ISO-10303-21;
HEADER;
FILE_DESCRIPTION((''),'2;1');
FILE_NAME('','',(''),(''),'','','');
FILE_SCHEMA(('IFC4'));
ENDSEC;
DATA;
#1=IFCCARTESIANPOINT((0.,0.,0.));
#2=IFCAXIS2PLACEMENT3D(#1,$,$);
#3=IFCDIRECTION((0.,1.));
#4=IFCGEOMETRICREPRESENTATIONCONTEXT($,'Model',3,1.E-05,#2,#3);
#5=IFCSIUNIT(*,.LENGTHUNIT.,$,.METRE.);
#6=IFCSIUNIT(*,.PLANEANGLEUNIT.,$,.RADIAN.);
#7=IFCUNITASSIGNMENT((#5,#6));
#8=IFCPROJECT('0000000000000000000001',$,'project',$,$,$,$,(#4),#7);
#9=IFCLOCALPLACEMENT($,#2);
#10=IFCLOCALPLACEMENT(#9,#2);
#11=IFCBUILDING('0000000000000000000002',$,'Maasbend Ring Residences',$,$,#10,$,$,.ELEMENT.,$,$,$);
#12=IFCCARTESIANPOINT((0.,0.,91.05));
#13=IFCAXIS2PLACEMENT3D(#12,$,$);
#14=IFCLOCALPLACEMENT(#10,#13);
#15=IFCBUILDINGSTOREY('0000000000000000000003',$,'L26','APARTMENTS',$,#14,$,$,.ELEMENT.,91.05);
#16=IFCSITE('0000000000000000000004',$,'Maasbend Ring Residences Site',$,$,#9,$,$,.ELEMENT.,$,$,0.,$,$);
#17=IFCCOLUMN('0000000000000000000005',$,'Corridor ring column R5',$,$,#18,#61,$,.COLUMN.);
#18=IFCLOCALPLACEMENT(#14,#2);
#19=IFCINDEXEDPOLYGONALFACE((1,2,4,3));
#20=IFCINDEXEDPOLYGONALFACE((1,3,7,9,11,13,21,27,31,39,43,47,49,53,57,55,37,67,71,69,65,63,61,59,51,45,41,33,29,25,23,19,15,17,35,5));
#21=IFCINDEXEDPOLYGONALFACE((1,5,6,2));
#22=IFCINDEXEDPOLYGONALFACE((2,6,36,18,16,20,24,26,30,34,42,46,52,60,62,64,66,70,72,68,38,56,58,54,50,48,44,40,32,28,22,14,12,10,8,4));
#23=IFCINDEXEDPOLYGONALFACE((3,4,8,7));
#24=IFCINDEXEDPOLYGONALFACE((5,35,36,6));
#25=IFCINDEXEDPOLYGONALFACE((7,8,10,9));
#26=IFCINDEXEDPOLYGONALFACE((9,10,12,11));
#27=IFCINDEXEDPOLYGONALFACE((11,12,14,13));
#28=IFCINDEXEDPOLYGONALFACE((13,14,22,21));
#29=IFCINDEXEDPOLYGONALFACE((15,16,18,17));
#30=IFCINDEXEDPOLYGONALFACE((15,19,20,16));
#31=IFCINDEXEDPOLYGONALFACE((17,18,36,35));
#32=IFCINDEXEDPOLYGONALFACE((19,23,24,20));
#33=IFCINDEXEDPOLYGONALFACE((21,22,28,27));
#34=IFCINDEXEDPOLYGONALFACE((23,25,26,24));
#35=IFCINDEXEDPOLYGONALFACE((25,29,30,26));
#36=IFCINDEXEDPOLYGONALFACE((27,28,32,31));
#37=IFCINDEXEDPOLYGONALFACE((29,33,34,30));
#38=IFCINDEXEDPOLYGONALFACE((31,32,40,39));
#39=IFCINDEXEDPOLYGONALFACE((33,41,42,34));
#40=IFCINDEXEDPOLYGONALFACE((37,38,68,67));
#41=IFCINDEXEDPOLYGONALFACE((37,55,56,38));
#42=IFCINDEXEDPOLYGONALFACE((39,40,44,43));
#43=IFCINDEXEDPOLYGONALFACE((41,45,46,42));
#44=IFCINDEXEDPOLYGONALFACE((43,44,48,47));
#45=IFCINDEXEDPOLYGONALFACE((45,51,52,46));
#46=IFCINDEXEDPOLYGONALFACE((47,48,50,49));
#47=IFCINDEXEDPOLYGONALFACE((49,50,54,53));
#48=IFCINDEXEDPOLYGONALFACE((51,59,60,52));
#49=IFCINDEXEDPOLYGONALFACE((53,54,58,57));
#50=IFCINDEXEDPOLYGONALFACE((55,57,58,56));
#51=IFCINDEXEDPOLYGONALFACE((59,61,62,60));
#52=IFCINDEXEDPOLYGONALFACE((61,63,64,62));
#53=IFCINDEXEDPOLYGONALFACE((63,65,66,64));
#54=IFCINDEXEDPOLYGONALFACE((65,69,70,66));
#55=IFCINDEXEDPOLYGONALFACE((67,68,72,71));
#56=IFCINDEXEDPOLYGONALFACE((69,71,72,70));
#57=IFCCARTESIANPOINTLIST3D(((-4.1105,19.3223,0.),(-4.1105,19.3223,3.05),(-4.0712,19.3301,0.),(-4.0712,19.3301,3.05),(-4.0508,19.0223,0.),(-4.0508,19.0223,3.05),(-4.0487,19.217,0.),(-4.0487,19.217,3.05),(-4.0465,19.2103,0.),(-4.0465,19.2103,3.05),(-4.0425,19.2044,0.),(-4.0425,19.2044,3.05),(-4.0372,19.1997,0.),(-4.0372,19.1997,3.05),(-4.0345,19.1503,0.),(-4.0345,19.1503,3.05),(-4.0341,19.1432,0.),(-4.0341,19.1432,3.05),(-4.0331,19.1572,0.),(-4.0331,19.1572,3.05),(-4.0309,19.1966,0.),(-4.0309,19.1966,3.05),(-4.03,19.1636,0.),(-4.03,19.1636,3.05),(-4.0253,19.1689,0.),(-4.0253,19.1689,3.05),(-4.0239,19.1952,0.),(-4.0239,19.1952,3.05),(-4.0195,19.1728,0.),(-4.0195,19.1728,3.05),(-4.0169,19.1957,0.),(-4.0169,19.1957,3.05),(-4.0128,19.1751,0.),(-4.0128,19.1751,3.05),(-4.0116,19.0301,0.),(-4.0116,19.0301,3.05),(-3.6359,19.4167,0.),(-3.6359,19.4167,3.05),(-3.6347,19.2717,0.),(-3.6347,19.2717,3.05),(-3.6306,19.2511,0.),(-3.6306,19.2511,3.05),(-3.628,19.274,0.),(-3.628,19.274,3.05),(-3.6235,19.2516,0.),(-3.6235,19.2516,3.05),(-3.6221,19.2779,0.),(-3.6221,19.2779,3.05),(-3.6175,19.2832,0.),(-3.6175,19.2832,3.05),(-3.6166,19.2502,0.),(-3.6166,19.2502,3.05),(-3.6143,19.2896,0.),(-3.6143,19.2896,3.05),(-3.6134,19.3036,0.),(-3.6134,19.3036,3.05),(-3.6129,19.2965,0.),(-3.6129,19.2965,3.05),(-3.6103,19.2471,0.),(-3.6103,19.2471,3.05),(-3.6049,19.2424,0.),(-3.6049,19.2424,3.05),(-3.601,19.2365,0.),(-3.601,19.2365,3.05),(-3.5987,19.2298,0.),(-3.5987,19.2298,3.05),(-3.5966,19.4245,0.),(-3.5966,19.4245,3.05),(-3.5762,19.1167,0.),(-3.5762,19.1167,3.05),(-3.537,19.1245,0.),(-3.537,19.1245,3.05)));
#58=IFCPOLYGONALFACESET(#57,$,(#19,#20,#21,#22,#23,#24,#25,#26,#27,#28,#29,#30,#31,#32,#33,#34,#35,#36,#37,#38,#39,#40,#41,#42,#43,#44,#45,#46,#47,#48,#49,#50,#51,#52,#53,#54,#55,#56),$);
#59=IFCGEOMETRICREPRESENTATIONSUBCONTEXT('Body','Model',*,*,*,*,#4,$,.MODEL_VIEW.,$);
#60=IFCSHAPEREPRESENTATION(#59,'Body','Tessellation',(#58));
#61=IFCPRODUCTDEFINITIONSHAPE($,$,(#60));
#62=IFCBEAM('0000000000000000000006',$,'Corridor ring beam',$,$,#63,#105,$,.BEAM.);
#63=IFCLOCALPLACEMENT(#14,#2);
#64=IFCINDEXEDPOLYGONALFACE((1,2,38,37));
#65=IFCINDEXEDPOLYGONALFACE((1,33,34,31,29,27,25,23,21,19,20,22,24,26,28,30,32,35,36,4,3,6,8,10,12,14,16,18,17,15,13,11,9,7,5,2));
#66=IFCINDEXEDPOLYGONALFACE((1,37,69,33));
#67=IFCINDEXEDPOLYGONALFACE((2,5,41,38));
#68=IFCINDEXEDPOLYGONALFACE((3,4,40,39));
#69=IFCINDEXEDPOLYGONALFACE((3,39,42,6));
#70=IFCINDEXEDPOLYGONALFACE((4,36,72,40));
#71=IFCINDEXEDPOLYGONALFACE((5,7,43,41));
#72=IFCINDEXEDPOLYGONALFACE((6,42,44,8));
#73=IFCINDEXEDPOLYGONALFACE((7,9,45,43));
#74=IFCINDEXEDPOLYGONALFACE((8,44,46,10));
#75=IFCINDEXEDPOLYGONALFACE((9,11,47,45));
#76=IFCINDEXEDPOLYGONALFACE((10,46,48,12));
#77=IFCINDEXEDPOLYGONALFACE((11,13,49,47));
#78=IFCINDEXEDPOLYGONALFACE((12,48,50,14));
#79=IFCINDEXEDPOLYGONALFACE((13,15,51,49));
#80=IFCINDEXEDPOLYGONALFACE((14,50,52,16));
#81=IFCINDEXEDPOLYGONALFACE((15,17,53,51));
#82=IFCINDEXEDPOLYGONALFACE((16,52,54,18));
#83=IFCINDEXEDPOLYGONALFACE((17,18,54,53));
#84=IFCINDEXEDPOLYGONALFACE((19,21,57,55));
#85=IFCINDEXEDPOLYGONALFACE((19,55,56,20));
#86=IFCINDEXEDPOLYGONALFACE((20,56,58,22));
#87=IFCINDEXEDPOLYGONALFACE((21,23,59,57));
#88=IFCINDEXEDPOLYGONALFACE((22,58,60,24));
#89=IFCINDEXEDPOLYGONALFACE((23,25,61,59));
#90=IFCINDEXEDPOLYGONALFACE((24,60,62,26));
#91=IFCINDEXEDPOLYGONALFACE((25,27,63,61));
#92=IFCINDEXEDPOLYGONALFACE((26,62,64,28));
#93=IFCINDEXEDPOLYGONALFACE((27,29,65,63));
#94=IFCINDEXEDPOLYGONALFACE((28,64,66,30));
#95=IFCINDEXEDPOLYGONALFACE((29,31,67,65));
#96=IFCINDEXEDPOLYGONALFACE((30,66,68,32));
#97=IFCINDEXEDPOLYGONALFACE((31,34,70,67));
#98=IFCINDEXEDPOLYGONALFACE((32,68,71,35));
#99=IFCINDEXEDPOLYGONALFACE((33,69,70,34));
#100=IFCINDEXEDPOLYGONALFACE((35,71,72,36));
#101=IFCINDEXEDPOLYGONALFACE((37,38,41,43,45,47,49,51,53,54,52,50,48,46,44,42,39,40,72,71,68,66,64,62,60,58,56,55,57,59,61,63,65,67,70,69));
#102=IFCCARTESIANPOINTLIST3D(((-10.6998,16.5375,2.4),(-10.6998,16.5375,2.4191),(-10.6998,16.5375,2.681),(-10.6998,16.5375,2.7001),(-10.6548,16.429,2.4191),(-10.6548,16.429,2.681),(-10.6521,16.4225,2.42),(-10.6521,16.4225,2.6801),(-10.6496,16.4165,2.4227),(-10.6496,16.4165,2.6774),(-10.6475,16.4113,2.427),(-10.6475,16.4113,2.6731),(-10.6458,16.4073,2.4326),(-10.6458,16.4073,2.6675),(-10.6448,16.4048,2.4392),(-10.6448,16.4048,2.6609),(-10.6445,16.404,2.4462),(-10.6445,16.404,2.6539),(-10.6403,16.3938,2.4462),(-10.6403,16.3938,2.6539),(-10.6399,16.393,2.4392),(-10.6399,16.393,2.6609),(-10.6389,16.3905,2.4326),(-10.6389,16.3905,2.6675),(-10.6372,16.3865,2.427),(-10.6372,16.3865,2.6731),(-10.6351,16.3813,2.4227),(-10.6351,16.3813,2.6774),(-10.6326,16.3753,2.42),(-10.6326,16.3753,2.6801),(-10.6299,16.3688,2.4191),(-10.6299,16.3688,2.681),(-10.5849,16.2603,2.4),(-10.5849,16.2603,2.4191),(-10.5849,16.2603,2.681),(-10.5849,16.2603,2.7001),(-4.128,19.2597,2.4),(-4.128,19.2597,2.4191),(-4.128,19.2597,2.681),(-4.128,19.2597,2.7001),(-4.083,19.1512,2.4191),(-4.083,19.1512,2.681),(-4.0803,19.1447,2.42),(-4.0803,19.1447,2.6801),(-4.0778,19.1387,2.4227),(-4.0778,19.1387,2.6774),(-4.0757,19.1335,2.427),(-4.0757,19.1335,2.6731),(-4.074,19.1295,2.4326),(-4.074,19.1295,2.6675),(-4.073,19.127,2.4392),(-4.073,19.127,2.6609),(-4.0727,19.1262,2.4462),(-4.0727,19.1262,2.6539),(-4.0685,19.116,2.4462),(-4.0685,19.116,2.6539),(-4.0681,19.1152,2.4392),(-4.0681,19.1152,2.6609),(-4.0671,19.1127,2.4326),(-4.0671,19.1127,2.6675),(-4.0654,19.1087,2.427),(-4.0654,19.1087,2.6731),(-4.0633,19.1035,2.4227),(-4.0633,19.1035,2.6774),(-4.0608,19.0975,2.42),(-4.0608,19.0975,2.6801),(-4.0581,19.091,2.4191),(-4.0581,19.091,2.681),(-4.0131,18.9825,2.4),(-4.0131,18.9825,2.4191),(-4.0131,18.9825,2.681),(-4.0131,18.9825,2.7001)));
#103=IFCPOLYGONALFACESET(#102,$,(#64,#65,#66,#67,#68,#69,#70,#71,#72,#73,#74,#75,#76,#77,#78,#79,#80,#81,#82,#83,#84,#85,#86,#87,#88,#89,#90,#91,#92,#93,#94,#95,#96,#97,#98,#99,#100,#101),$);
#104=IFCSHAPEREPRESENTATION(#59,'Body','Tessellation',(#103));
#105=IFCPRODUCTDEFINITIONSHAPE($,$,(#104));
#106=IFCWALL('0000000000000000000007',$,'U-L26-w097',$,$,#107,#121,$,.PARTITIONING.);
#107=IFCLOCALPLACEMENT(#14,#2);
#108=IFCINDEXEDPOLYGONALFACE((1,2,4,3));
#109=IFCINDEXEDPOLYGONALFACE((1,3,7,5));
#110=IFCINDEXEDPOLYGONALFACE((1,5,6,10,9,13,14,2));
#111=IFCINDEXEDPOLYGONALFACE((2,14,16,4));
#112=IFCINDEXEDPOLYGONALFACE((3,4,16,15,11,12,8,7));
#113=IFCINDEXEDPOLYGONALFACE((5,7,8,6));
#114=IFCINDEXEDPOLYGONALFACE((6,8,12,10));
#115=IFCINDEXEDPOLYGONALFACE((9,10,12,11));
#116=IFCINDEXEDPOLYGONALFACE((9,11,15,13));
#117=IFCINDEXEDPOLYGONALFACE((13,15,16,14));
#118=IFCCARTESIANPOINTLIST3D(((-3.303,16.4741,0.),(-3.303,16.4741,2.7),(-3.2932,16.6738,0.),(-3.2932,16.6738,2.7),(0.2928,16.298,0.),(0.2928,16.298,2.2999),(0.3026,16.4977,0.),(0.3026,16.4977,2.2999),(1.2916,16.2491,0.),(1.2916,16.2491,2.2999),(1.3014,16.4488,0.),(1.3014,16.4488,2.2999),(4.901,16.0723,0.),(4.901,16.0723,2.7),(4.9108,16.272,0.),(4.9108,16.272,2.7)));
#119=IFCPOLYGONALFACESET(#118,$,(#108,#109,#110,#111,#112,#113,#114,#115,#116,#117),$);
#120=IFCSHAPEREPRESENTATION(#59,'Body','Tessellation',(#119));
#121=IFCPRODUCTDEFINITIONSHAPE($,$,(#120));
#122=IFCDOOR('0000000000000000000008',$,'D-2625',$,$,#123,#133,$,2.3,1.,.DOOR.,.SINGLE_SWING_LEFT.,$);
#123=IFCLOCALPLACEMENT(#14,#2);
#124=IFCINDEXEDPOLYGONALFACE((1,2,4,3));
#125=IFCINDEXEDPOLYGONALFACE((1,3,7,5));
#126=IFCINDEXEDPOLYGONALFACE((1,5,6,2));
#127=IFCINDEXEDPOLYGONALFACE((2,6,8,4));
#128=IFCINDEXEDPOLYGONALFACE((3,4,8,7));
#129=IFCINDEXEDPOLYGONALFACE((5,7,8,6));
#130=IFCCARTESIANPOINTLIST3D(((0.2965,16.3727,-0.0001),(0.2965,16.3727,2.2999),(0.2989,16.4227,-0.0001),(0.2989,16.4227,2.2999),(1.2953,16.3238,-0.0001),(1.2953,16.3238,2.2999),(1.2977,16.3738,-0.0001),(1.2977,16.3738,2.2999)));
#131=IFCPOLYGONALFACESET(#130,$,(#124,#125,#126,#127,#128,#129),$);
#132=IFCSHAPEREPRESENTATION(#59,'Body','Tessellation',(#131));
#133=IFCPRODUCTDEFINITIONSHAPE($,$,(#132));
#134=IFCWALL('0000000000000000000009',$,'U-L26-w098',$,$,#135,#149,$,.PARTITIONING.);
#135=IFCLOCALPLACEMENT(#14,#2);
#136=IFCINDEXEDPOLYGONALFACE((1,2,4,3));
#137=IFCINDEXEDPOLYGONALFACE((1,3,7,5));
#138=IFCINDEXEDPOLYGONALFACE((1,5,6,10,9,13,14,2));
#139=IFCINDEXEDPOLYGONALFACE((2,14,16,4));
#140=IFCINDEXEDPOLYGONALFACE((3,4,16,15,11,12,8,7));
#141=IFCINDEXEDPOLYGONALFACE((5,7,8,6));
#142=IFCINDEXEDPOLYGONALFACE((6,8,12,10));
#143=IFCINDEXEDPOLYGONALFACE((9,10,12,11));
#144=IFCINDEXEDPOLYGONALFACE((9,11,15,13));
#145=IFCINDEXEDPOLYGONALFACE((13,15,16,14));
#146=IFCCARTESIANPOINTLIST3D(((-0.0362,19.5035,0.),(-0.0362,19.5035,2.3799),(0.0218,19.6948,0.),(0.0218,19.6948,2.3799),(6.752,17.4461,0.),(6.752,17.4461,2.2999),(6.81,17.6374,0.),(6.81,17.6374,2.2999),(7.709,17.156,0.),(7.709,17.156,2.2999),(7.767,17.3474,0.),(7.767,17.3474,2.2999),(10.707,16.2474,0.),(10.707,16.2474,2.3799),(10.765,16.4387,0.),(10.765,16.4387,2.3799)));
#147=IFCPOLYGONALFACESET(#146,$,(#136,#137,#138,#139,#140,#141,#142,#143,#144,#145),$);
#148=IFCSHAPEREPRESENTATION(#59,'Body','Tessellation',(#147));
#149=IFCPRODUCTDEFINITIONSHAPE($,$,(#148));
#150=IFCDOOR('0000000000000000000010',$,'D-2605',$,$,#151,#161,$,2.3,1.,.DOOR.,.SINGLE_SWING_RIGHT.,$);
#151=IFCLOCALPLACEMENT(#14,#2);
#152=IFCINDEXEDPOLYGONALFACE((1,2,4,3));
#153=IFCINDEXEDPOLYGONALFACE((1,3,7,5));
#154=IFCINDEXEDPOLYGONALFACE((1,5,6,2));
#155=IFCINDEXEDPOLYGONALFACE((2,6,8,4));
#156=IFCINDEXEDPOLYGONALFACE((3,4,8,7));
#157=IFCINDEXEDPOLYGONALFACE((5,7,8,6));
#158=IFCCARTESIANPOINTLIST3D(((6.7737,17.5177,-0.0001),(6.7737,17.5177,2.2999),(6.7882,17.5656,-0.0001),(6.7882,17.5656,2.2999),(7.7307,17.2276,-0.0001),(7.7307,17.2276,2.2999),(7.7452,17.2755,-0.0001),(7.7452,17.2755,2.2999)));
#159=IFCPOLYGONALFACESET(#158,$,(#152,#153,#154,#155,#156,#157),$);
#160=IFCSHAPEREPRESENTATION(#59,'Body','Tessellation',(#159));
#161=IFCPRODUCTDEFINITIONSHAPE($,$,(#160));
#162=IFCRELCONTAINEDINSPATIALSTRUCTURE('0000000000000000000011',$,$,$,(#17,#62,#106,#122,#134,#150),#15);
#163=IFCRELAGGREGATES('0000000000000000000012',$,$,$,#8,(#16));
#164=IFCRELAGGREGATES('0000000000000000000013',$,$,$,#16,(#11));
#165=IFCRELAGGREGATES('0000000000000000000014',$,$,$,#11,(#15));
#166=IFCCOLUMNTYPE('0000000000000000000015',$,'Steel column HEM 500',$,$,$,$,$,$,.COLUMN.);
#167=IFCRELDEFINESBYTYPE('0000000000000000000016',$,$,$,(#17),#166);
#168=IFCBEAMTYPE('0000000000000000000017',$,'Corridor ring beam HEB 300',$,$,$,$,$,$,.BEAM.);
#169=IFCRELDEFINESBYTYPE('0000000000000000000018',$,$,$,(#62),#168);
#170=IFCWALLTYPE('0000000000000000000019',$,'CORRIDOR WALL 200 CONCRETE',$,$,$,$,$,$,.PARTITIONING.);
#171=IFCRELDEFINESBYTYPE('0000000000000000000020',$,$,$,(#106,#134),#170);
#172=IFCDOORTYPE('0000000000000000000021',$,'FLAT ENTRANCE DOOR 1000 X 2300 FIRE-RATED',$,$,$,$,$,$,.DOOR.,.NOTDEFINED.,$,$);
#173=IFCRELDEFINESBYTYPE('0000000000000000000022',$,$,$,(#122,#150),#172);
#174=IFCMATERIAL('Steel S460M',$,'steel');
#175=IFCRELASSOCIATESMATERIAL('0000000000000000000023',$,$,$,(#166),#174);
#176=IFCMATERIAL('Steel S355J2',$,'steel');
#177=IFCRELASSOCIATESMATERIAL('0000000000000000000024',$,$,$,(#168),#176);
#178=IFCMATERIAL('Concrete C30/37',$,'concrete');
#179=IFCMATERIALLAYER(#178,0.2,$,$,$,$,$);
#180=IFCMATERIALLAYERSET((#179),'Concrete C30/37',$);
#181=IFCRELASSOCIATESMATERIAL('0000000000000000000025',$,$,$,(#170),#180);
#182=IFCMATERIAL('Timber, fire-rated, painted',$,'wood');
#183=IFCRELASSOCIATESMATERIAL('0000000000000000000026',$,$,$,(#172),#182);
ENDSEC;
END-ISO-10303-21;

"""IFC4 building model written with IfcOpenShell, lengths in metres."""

from ifc_helpers import new_model, si_unit, direction, frame, frame_2d, origin, origin_2d, place, context, subcontext, project, spatial, rectangle, i_section, extrude, material, layer, layer_set, material_profile, profile_set, type_object, element, fill, save


model = new_model("IFC4")

# Units and contexts
model_context = context("Model", 3, precision=1e-05, world=origin(), true_north=direction((0.0, 1.0)))
body_context = subcontext(model_context, "Body", "Model", "MODEL_VIEW")
ifc_project = project(units=[si_unit("LENGTHUNIT", "METRE"), si_unit("PLANEANGLEUNIT", "RADIAN")], contexts=[model_context])

# Site, building, storey
site_placement = place(None, origin())
site = spatial("IfcSite", under=ifc_project, at=site_placement, Name="Maasbend Ring Residences Site", CompositionType="ELEMENT", RefElevation=0.0)
building_placement = place(site_placement, origin())
building = spatial("IfcBuilding", under=site, at=building_placement, Name="Maasbend Ring Residences", CompositionType="ELEMENT")
storey_placement = place(building_placement, frame((0.0, 0.0, 91.05)))
storey = spatial("IfcBuildingStorey", under=building, at=storey_placement, Name="L26", Description="APARTMENTS", CompositionType="ELEMENT", Elevation=91.05)

# Column
ifc_material_1 = material(Name="Steel S460M", Category="steel")
ifc_material_profile_1 = material_profile(ifc_material_1, i_section(OverallWidth=0.3059, OverallDepth=0.5239, WebThickness=0.021, FlangeThickness=0.04, FilletRadius=0.0271, at=origin_2d()), Name="HEM 500")
ifc_profile_set_1 = profile_set([ifc_material_profile_1], Name="Steel S460M")
column_type = type_object("IfcColumnType", Name="Steel column HEM 500", PredefinedType="COLUMN", material=ifc_profile_set_1)
column_placement = place(storey_placement, frame((-3.8237, 19.2234, 0.0), z_axis=(0.0, 0.0, 1.0), x_axis=(-0.19509, 0.980785, 0.0)))
element("IfcColumn", 1, at=column_placement, inside=storey, type_object=column_type, Name="Corridor ring column R5", PredefinedType="COLUMN", context=body_context, shape_type="SweptSolid", body=[
    extrude(i_section(OverallWidth=0.3059, OverallDepth=0.5239, WebThickness=0.021, FlangeThickness=0.04, FilletRadius=0.0271, at=origin_2d()), origin(), (0.0, 0.0, 1.0), 3.05),
])

# Beam
ifc_material_2 = material(Name="Steel S355J2", Category="steel")
ifc_material_profile_2 = material_profile(ifc_material_2, i_section(OverallWidth=0.3, OverallDepth=0.3, WebThickness=0.011, FlangeThickness=0.019, FilletRadius=0.0271, at=origin_2d()), Name="HEB 300")
ifc_profile_set_2 = profile_set([ifc_material_profile_2], Name="Steel S355J2")
beam_type = type_object("IfcBeamType", Name="Corridor ring beam HEB 300", PredefinedType="BEAM", material=ifc_profile_set_2)
beam_placement = place(storey_placement, frame((-4.0706, 19.1211, 2.55), z_axis=(-0.923877, -0.382689, 0.0), x_axis=(0.382689, -0.923877, 0.0)))
element("IfcBeam", 2, at=beam_placement, inside=storey, type_object=beam_type, Name="Corridor ring beam", PredefinedType="BEAM", context=body_context, shape_type="SweptSolid", body=[
    extrude(i_section(OverallWidth=0.3, OverallDepth=0.3, WebThickness=0.011, FlangeThickness=0.019, FilletRadius=0.0271, at=origin_2d()), origin(), (0.0, 0.0, 1.0), 7.1133),
])

# Walls, openings, doors
ifc_material_3 = material(Name="Concrete C30/37", Category="concrete")
ifc_layer_1 = layer(ifc_material_3, 0.2)
ifc_layer_set_1 = layer_set([ifc_layer_1], Name="Concrete C30/37")
wall_type_1 = type_object("IfcWallType", Name="CORRIDOR WALL 200 CONCRETE", PredefinedType="PARTITIONING", material=ifc_layer_set_1)
wall_1_placement = place(storey_placement, frame((-3.2981, 16.574, 0.0), z_axis=(0.0, 0.0, 1.0), x_axis=(0.998803, -0.048924, 0.0)))
wall_1 = element("IfcWall", 3, at=wall_1_placement, inside=storey, type_object=wall_type_1, Name="U-L26-w097", PredefinedType="PARTITIONING", context=body_context, shape_type="SweptSolid", body=[
    extrude(rectangle(XDim=8.2139, YDim=0.2, at=frame_2d((4.1069, 0.0))), origin(), (0.0, 0.0, 1.0), 2.7),
])
opening_1_placement = place(wall_1_placement, frame((3.6001, 0.0, 0.0)))
opening_1 = element("IfcOpeningElement", 4, at=opening_1_placement, cuts=wall_1, PredefinedType="OPENING", context=body_context, shape_type="SweptSolid", body=[
    extrude(rectangle(XDim=1.0, YDim=2.3, at=frame_2d((0.5, 1.1499))), frame((0.0, 0.1099, 0.0), z_axis=(0.0, -1.0, 0.0), x_axis=(1.0, 0.0, 0.0)), (0.0, 0.0, 1.0), 0.22),
])
ifc_material_4 = material(Name="Timber, fire-rated, painted", Category="wood")
door_type_1 = type_object("IfcDoorType", Name="FLAT ENTRANCE DOOR 1000 X 2300 FIRE-RATED", OperationType="NOTDEFINED", PredefinedType="DOOR", material=ifc_material_4)
door_1_placement = place(opening_1_placement, origin())
door_1 = element("IfcDoor", 5, at=door_1_placement, inside=storey, type_object=door_type_1, Name="D-2625", OperationType="SINGLE_SWING_LEFT", OverallHeight=2.3, OverallWidth=1.0, PredefinedType="DOOR", context=body_context, shape_type="SweptSolid", body=[
    extrude(rectangle(XDim=1.0, YDim=2.3, at=frame_2d((0.5, 1.1499))), frame((0.0, 0.0249, 0.0), z_axis=(0.0, -1.0, 0.0), x_axis=(1.0, 0.0, 0.0)), (0.0, 0.0, 1.0), 0.05),
])
fill(opening_1, door_1)
wall_2_placement = place(storey_placement, frame((-0.0071, 19.5991, 0.0), z_axis=(0.0, 0.0, 1.0), x_axis=(0.95701, -0.290056, 0.0)))
wall_2 = element("IfcWall", 6, at=wall_2_placement, inside=storey, type_object=wall_type_1, Name="U-L26-w098", PredefinedType="PARTITIONING", context=body_context, shape_type="SweptSolid", body=[
    extrude(rectangle(XDim=11.2258, YDim=0.2, at=frame_2d((5.6128, 0.0))), origin(), (0.0, 0.0, 1.0), 2.3799),
])
opening_2_placement = place(wall_2_placement, frame((7.093, 0.0, 0.0)))
opening_2 = element("IfcOpeningElement", 7, at=opening_2_placement, cuts=wall_2, PredefinedType="OPENING", context=body_context, shape_type="SweptSolid", body=[
    extrude(rectangle(XDim=1.0, YDim=2.3, at=frame_2d((0.5, 1.1499))), frame((0.0, 0.1099, 0.0), z_axis=(0.0, -1.0, 0.0), x_axis=(1.0, 0.0, 0.0)), (0.0, 0.0, 1.0), 0.22),
])
door_2_placement = place(opening_2_placement, origin())
door_2 = element("IfcDoor", 8, at=door_2_placement, inside=storey, type_object=door_type_1, Name="D-2605", OperationType="SINGLE_SWING_RIGHT", OverallHeight=2.3, OverallWidth=1.0, PredefinedType="DOOR", context=body_context, shape_type="SweptSolid", body=[
    extrude(rectangle(XDim=1.0, YDim=2.3, at=frame_2d((0.5, 1.1499))), frame((0.0, 0.0249, 0.0), z_axis=(0.0, -1.0, 0.0), x_axis=(1.0, 0.0, 0.0)), (0.0, 0.0, 1.0), 0.05),
])
fill(opening_2, door_2)

save(model, "model.ifc")
